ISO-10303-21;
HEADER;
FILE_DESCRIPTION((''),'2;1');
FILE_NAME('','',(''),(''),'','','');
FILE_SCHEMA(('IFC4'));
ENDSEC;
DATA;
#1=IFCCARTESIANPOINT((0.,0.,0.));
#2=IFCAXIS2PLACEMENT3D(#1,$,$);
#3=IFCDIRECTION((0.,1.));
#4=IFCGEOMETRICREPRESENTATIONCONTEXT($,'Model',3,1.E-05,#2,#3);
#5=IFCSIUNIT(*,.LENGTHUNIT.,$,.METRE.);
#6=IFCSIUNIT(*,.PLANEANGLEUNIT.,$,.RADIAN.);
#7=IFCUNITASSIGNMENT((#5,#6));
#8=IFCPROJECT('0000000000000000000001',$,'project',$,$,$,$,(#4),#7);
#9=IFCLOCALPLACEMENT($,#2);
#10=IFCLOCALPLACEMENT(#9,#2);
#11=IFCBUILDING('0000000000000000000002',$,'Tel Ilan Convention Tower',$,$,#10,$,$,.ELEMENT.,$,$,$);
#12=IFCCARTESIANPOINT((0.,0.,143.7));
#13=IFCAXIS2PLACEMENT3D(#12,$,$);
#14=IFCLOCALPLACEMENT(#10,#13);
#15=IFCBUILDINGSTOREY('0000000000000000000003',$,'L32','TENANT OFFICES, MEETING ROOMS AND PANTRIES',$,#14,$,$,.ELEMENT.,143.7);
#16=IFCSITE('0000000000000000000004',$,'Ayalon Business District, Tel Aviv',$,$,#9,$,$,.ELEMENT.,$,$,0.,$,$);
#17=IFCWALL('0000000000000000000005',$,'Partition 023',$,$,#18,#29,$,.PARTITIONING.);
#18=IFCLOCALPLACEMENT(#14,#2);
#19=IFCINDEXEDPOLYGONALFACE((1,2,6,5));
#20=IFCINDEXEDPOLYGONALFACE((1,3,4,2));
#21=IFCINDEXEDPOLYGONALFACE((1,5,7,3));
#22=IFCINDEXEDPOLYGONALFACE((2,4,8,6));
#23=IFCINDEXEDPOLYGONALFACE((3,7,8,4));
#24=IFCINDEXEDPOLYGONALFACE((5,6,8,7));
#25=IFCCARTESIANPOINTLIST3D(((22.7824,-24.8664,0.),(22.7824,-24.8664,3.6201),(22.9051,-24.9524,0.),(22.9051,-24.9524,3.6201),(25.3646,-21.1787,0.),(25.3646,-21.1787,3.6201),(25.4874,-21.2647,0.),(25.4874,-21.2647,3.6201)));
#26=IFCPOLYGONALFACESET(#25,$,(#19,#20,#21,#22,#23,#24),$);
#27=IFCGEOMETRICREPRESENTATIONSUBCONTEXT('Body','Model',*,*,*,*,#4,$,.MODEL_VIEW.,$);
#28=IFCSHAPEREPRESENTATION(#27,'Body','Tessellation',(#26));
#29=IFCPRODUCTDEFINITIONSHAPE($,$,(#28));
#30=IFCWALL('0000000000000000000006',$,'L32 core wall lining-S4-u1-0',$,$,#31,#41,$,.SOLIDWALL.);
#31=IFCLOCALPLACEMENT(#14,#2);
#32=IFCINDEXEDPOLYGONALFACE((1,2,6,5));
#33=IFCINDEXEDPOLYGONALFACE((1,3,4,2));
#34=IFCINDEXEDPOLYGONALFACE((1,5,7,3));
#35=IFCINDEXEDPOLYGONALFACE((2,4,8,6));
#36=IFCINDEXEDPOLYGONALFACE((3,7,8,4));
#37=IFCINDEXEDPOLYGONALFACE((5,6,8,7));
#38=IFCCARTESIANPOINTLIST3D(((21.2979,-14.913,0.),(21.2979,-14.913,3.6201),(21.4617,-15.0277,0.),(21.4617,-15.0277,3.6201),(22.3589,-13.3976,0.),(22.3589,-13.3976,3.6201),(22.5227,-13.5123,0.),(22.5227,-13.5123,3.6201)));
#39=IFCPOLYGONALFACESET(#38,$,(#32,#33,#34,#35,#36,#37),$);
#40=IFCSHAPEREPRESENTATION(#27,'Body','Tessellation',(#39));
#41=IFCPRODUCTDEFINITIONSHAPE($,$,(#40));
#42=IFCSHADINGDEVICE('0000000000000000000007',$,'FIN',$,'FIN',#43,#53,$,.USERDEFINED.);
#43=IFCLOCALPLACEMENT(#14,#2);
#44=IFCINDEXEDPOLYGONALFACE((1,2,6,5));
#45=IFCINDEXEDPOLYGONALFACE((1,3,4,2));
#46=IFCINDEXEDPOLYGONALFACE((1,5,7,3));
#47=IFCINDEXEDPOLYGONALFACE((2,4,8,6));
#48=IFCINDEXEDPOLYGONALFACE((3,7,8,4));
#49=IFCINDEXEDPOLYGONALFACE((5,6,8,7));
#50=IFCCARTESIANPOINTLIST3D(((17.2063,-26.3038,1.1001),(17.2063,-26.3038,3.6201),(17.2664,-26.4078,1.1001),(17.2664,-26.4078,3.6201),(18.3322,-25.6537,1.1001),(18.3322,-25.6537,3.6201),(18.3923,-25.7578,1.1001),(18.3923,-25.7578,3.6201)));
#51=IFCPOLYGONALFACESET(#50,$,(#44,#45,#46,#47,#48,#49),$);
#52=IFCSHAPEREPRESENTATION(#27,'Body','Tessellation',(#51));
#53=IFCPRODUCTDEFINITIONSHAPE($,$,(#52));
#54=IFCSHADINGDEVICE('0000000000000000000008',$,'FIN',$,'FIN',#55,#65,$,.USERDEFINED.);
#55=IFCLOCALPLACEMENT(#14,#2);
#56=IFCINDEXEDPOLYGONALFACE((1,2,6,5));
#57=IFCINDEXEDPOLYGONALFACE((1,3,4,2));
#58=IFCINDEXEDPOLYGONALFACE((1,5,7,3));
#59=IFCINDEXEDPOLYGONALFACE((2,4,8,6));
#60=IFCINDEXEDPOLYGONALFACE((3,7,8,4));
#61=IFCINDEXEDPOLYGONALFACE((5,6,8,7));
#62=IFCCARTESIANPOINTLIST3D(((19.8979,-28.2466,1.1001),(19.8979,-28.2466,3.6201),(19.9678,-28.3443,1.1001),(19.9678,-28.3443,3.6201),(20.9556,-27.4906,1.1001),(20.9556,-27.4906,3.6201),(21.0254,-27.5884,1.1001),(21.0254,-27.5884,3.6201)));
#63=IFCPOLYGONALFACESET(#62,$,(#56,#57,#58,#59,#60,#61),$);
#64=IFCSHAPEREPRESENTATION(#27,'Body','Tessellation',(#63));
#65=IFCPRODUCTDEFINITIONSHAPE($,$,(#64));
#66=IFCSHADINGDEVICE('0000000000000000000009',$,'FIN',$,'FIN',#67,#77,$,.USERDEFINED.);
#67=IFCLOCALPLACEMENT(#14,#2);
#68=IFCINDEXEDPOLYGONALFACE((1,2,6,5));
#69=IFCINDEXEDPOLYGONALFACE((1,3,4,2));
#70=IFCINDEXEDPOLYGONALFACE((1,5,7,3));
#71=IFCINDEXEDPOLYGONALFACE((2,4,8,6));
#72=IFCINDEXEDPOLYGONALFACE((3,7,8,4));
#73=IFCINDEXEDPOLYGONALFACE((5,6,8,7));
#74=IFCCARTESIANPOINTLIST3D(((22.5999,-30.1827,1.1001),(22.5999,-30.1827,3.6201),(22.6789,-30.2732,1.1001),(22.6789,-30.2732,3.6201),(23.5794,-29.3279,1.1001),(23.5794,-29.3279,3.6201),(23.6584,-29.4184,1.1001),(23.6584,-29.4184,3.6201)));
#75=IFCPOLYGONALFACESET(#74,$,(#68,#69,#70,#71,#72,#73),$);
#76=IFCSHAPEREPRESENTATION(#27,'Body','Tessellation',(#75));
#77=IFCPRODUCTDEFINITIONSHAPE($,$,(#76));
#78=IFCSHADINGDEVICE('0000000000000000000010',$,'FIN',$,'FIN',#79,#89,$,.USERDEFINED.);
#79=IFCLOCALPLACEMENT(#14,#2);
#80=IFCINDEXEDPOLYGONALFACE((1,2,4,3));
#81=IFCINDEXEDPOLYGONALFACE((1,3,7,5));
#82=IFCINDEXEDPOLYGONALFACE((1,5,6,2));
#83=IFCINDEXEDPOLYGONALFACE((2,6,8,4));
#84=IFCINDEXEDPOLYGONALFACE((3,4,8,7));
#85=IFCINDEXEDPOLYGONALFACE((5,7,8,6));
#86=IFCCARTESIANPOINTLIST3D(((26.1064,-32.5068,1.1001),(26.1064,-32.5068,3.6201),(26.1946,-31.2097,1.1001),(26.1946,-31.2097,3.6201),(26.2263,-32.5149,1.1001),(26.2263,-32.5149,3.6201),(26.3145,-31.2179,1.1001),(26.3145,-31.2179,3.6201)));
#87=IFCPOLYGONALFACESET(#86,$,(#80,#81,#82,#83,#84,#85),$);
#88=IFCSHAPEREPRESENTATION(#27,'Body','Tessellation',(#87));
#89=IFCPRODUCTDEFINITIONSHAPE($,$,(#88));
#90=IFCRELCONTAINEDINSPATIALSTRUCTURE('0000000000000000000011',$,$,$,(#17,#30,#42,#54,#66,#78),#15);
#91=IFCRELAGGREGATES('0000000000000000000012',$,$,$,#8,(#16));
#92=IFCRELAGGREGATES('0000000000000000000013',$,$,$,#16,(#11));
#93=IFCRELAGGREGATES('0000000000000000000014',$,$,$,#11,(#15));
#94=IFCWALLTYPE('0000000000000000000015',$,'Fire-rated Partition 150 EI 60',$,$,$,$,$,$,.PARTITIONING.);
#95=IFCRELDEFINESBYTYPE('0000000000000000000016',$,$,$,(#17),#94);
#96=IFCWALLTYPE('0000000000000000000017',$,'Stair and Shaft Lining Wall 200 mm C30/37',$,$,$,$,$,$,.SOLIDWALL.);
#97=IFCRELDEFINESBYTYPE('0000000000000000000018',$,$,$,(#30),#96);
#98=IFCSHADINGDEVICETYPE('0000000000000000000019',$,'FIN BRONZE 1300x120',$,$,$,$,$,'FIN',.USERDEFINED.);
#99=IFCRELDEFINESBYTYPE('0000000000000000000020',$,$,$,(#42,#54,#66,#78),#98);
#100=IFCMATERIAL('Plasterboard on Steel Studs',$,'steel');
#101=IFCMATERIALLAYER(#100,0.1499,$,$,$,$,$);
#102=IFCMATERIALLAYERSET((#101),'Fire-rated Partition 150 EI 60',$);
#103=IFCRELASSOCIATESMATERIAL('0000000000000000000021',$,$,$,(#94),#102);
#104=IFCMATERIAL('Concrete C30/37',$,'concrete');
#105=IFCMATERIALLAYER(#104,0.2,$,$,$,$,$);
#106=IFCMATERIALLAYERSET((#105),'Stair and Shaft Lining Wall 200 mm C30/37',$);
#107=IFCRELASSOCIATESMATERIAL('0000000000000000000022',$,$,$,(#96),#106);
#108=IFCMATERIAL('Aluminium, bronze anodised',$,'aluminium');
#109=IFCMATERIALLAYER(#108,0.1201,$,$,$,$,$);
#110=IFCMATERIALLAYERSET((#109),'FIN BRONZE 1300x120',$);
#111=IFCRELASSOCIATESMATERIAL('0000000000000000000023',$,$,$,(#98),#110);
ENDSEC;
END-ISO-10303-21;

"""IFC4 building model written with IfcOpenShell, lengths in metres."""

from ifc_helpers import new_model, si_unit, direction, frame, frame_2d, origin, origin_2d, place, context, subcontext, project, spatial, rectangle, extrude, material, layer, layer_set, type_object, element, save


model = new_model("IFC4")

# Units and contexts
model_context = context("Model", 3, precision=1e-05, world=origin(), true_north=direction((0.0, 1.0)))
body_context = subcontext(model_context, "Body", "Model", "MODEL_VIEW")
ifc_project = project(units=[si_unit("LENGTHUNIT", "METRE"), si_unit("PLANEANGLEUNIT", "RADIAN")], contexts=[model_context])

# Site, building, storey
site_placement = place(None, origin())
site = spatial("IfcSite", under=ifc_project, at=site_placement, Name="Ayalon Business District, Tel Aviv", CompositionType="ELEMENT", RefElevation=0.0)
building_placement = place(site_placement, origin())
building = spatial("IfcBuilding", under=site, at=building_placement, Name="Tel Ilan Convention Tower", CompositionType="ELEMENT")
storey_placement = place(building_placement, frame((0.0, 0.0, 143.7)))
storey = spatial("IfcBuildingStorey", under=building, at=storey_placement, Name="L32", Description="TENANT OFFICES, MEETING ROOMS AND PANTRIES", CompositionType="ELEMENT", Elevation=143.7)

# Shared definitions
ifc_material_1 = material(Name="Plasterboard on Steel Studs", Category="steel")
ifc_layer_1 = layer(ifc_material_1, 0.1499)
ifc_layer_set_1 = layer_set([ifc_layer_1], Name="Fire-rated Partition 150 EI 60")
wall_type_1 = type_object("IfcWallType", Name="Fire-rated Partition 150 EI 60", PredefinedType="PARTITIONING", material=ifc_layer_set_1)

# Walls
wall_1_placement = place(storey_placement, frame((25.426, -21.2217, 0.0), z_axis=(0.0, 0.0, 1.0), x_axis=(-0.57359, -0.819143, 0.0)))
element("IfcWall", 1, at=wall_1_placement, inside=storey, type_object=wall_type_1, Name="Partition 023", PredefinedType="PARTITIONING", context=body_context, shape_type="SweptSolid", body=[
    extrude(rectangle(XDim=4.502, YDim=0.1499, at=frame_2d((2.251, 0.0))), origin(), (0.0, 0.0, 1.0), 3.6201),
])
ifc_material_2 = material(Name="Concrete C30/37", Category="concrete")
ifc_layer_2 = layer(ifc_material_2, 0.2)
ifc_layer_set_2 = layer_set([ifc_layer_2], Name="Stair and Shaft Lining Wall 200 mm C30/37")
wall_type_2 = type_object("IfcWallType", Name="Stair and Shaft Lining Wall 200 mm C30/37", PredefinedType="SOLIDWALL", material=ifc_layer_set_2)
wall_2_placement = place(storey_placement, frame((21.3799, -14.9702, 0.0), z_axis=(0.0, 0.0, 1.0), x_axis=(0.57356, 0.819164, 0.0)))
element("IfcWall", 2, at=wall_2_placement, inside=storey, type_object=wall_type_2, Name="L32 core wall lining-S4-u1-0", PredefinedType="SOLIDWALL", context=body_context, shape_type="SweptSolid", body=[
    extrude(rectangle(XDim=1.8499, YDim=0.2, at=frame_2d((0.9248, 0.0))), origin(), (0.0, 0.0, 1.0), 3.6201),
])

# Shading devices
ifc_material_3 = material(Name="Aluminium, bronze anodised", Category="aluminium")
ifc_layer_3 = layer(ifc_material_3, 0.1201)
ifc_layer_set_3 = layer_set([ifc_layer_3], Name="FIN BRONZE 1300x120")
shading_device_type = type_object("IfcShadingDeviceType", Name="FIN BRONZE 1300x120", ElementType="FIN", PredefinedType="USERDEFINED", material=ifc_layer_set_3)
for number, where, z_axis, x_axis, name in (
    (3, (17.7993, -26.0308, 1.1001), (0.0, 0.0, 1.0), (-0.866025, -0.5, 0.0), "FIN"),
    (4, (20.4617, -27.9175, 1.1001), (0.0, 0.0, 1.0), (-0.813552, -0.581492, 0.0), "FIN"),
    (5, (23.1292, -29.8005, 1.1001), (0.0, 0.0, 1.0), (-0.753436, -0.657521, 0.0), "FIN"),
    (6, (26.2104, -31.8623, 1.1001), (0.0, 0.0, 1.0), (-0.067822, -0.997697, 0.0), "FIN"),
):
    element("IfcShadingDevice", number, at=place(storey_placement, frame(where, z_axis=z_axis, x_axis=x_axis)), inside=storey, type_object=shading_device_type, Name=name, ObjectType="FIN", PredefinedType="USERDEFINED", context=body_context, shape_type="SweptSolid", body=[
        extrude(rectangle(XDim=1.3, YDim=0.1201, at=origin_2d()), origin(), (0.0, 0.0, 1.0), 2.52),
    ])

save(model, "model.ifc")
